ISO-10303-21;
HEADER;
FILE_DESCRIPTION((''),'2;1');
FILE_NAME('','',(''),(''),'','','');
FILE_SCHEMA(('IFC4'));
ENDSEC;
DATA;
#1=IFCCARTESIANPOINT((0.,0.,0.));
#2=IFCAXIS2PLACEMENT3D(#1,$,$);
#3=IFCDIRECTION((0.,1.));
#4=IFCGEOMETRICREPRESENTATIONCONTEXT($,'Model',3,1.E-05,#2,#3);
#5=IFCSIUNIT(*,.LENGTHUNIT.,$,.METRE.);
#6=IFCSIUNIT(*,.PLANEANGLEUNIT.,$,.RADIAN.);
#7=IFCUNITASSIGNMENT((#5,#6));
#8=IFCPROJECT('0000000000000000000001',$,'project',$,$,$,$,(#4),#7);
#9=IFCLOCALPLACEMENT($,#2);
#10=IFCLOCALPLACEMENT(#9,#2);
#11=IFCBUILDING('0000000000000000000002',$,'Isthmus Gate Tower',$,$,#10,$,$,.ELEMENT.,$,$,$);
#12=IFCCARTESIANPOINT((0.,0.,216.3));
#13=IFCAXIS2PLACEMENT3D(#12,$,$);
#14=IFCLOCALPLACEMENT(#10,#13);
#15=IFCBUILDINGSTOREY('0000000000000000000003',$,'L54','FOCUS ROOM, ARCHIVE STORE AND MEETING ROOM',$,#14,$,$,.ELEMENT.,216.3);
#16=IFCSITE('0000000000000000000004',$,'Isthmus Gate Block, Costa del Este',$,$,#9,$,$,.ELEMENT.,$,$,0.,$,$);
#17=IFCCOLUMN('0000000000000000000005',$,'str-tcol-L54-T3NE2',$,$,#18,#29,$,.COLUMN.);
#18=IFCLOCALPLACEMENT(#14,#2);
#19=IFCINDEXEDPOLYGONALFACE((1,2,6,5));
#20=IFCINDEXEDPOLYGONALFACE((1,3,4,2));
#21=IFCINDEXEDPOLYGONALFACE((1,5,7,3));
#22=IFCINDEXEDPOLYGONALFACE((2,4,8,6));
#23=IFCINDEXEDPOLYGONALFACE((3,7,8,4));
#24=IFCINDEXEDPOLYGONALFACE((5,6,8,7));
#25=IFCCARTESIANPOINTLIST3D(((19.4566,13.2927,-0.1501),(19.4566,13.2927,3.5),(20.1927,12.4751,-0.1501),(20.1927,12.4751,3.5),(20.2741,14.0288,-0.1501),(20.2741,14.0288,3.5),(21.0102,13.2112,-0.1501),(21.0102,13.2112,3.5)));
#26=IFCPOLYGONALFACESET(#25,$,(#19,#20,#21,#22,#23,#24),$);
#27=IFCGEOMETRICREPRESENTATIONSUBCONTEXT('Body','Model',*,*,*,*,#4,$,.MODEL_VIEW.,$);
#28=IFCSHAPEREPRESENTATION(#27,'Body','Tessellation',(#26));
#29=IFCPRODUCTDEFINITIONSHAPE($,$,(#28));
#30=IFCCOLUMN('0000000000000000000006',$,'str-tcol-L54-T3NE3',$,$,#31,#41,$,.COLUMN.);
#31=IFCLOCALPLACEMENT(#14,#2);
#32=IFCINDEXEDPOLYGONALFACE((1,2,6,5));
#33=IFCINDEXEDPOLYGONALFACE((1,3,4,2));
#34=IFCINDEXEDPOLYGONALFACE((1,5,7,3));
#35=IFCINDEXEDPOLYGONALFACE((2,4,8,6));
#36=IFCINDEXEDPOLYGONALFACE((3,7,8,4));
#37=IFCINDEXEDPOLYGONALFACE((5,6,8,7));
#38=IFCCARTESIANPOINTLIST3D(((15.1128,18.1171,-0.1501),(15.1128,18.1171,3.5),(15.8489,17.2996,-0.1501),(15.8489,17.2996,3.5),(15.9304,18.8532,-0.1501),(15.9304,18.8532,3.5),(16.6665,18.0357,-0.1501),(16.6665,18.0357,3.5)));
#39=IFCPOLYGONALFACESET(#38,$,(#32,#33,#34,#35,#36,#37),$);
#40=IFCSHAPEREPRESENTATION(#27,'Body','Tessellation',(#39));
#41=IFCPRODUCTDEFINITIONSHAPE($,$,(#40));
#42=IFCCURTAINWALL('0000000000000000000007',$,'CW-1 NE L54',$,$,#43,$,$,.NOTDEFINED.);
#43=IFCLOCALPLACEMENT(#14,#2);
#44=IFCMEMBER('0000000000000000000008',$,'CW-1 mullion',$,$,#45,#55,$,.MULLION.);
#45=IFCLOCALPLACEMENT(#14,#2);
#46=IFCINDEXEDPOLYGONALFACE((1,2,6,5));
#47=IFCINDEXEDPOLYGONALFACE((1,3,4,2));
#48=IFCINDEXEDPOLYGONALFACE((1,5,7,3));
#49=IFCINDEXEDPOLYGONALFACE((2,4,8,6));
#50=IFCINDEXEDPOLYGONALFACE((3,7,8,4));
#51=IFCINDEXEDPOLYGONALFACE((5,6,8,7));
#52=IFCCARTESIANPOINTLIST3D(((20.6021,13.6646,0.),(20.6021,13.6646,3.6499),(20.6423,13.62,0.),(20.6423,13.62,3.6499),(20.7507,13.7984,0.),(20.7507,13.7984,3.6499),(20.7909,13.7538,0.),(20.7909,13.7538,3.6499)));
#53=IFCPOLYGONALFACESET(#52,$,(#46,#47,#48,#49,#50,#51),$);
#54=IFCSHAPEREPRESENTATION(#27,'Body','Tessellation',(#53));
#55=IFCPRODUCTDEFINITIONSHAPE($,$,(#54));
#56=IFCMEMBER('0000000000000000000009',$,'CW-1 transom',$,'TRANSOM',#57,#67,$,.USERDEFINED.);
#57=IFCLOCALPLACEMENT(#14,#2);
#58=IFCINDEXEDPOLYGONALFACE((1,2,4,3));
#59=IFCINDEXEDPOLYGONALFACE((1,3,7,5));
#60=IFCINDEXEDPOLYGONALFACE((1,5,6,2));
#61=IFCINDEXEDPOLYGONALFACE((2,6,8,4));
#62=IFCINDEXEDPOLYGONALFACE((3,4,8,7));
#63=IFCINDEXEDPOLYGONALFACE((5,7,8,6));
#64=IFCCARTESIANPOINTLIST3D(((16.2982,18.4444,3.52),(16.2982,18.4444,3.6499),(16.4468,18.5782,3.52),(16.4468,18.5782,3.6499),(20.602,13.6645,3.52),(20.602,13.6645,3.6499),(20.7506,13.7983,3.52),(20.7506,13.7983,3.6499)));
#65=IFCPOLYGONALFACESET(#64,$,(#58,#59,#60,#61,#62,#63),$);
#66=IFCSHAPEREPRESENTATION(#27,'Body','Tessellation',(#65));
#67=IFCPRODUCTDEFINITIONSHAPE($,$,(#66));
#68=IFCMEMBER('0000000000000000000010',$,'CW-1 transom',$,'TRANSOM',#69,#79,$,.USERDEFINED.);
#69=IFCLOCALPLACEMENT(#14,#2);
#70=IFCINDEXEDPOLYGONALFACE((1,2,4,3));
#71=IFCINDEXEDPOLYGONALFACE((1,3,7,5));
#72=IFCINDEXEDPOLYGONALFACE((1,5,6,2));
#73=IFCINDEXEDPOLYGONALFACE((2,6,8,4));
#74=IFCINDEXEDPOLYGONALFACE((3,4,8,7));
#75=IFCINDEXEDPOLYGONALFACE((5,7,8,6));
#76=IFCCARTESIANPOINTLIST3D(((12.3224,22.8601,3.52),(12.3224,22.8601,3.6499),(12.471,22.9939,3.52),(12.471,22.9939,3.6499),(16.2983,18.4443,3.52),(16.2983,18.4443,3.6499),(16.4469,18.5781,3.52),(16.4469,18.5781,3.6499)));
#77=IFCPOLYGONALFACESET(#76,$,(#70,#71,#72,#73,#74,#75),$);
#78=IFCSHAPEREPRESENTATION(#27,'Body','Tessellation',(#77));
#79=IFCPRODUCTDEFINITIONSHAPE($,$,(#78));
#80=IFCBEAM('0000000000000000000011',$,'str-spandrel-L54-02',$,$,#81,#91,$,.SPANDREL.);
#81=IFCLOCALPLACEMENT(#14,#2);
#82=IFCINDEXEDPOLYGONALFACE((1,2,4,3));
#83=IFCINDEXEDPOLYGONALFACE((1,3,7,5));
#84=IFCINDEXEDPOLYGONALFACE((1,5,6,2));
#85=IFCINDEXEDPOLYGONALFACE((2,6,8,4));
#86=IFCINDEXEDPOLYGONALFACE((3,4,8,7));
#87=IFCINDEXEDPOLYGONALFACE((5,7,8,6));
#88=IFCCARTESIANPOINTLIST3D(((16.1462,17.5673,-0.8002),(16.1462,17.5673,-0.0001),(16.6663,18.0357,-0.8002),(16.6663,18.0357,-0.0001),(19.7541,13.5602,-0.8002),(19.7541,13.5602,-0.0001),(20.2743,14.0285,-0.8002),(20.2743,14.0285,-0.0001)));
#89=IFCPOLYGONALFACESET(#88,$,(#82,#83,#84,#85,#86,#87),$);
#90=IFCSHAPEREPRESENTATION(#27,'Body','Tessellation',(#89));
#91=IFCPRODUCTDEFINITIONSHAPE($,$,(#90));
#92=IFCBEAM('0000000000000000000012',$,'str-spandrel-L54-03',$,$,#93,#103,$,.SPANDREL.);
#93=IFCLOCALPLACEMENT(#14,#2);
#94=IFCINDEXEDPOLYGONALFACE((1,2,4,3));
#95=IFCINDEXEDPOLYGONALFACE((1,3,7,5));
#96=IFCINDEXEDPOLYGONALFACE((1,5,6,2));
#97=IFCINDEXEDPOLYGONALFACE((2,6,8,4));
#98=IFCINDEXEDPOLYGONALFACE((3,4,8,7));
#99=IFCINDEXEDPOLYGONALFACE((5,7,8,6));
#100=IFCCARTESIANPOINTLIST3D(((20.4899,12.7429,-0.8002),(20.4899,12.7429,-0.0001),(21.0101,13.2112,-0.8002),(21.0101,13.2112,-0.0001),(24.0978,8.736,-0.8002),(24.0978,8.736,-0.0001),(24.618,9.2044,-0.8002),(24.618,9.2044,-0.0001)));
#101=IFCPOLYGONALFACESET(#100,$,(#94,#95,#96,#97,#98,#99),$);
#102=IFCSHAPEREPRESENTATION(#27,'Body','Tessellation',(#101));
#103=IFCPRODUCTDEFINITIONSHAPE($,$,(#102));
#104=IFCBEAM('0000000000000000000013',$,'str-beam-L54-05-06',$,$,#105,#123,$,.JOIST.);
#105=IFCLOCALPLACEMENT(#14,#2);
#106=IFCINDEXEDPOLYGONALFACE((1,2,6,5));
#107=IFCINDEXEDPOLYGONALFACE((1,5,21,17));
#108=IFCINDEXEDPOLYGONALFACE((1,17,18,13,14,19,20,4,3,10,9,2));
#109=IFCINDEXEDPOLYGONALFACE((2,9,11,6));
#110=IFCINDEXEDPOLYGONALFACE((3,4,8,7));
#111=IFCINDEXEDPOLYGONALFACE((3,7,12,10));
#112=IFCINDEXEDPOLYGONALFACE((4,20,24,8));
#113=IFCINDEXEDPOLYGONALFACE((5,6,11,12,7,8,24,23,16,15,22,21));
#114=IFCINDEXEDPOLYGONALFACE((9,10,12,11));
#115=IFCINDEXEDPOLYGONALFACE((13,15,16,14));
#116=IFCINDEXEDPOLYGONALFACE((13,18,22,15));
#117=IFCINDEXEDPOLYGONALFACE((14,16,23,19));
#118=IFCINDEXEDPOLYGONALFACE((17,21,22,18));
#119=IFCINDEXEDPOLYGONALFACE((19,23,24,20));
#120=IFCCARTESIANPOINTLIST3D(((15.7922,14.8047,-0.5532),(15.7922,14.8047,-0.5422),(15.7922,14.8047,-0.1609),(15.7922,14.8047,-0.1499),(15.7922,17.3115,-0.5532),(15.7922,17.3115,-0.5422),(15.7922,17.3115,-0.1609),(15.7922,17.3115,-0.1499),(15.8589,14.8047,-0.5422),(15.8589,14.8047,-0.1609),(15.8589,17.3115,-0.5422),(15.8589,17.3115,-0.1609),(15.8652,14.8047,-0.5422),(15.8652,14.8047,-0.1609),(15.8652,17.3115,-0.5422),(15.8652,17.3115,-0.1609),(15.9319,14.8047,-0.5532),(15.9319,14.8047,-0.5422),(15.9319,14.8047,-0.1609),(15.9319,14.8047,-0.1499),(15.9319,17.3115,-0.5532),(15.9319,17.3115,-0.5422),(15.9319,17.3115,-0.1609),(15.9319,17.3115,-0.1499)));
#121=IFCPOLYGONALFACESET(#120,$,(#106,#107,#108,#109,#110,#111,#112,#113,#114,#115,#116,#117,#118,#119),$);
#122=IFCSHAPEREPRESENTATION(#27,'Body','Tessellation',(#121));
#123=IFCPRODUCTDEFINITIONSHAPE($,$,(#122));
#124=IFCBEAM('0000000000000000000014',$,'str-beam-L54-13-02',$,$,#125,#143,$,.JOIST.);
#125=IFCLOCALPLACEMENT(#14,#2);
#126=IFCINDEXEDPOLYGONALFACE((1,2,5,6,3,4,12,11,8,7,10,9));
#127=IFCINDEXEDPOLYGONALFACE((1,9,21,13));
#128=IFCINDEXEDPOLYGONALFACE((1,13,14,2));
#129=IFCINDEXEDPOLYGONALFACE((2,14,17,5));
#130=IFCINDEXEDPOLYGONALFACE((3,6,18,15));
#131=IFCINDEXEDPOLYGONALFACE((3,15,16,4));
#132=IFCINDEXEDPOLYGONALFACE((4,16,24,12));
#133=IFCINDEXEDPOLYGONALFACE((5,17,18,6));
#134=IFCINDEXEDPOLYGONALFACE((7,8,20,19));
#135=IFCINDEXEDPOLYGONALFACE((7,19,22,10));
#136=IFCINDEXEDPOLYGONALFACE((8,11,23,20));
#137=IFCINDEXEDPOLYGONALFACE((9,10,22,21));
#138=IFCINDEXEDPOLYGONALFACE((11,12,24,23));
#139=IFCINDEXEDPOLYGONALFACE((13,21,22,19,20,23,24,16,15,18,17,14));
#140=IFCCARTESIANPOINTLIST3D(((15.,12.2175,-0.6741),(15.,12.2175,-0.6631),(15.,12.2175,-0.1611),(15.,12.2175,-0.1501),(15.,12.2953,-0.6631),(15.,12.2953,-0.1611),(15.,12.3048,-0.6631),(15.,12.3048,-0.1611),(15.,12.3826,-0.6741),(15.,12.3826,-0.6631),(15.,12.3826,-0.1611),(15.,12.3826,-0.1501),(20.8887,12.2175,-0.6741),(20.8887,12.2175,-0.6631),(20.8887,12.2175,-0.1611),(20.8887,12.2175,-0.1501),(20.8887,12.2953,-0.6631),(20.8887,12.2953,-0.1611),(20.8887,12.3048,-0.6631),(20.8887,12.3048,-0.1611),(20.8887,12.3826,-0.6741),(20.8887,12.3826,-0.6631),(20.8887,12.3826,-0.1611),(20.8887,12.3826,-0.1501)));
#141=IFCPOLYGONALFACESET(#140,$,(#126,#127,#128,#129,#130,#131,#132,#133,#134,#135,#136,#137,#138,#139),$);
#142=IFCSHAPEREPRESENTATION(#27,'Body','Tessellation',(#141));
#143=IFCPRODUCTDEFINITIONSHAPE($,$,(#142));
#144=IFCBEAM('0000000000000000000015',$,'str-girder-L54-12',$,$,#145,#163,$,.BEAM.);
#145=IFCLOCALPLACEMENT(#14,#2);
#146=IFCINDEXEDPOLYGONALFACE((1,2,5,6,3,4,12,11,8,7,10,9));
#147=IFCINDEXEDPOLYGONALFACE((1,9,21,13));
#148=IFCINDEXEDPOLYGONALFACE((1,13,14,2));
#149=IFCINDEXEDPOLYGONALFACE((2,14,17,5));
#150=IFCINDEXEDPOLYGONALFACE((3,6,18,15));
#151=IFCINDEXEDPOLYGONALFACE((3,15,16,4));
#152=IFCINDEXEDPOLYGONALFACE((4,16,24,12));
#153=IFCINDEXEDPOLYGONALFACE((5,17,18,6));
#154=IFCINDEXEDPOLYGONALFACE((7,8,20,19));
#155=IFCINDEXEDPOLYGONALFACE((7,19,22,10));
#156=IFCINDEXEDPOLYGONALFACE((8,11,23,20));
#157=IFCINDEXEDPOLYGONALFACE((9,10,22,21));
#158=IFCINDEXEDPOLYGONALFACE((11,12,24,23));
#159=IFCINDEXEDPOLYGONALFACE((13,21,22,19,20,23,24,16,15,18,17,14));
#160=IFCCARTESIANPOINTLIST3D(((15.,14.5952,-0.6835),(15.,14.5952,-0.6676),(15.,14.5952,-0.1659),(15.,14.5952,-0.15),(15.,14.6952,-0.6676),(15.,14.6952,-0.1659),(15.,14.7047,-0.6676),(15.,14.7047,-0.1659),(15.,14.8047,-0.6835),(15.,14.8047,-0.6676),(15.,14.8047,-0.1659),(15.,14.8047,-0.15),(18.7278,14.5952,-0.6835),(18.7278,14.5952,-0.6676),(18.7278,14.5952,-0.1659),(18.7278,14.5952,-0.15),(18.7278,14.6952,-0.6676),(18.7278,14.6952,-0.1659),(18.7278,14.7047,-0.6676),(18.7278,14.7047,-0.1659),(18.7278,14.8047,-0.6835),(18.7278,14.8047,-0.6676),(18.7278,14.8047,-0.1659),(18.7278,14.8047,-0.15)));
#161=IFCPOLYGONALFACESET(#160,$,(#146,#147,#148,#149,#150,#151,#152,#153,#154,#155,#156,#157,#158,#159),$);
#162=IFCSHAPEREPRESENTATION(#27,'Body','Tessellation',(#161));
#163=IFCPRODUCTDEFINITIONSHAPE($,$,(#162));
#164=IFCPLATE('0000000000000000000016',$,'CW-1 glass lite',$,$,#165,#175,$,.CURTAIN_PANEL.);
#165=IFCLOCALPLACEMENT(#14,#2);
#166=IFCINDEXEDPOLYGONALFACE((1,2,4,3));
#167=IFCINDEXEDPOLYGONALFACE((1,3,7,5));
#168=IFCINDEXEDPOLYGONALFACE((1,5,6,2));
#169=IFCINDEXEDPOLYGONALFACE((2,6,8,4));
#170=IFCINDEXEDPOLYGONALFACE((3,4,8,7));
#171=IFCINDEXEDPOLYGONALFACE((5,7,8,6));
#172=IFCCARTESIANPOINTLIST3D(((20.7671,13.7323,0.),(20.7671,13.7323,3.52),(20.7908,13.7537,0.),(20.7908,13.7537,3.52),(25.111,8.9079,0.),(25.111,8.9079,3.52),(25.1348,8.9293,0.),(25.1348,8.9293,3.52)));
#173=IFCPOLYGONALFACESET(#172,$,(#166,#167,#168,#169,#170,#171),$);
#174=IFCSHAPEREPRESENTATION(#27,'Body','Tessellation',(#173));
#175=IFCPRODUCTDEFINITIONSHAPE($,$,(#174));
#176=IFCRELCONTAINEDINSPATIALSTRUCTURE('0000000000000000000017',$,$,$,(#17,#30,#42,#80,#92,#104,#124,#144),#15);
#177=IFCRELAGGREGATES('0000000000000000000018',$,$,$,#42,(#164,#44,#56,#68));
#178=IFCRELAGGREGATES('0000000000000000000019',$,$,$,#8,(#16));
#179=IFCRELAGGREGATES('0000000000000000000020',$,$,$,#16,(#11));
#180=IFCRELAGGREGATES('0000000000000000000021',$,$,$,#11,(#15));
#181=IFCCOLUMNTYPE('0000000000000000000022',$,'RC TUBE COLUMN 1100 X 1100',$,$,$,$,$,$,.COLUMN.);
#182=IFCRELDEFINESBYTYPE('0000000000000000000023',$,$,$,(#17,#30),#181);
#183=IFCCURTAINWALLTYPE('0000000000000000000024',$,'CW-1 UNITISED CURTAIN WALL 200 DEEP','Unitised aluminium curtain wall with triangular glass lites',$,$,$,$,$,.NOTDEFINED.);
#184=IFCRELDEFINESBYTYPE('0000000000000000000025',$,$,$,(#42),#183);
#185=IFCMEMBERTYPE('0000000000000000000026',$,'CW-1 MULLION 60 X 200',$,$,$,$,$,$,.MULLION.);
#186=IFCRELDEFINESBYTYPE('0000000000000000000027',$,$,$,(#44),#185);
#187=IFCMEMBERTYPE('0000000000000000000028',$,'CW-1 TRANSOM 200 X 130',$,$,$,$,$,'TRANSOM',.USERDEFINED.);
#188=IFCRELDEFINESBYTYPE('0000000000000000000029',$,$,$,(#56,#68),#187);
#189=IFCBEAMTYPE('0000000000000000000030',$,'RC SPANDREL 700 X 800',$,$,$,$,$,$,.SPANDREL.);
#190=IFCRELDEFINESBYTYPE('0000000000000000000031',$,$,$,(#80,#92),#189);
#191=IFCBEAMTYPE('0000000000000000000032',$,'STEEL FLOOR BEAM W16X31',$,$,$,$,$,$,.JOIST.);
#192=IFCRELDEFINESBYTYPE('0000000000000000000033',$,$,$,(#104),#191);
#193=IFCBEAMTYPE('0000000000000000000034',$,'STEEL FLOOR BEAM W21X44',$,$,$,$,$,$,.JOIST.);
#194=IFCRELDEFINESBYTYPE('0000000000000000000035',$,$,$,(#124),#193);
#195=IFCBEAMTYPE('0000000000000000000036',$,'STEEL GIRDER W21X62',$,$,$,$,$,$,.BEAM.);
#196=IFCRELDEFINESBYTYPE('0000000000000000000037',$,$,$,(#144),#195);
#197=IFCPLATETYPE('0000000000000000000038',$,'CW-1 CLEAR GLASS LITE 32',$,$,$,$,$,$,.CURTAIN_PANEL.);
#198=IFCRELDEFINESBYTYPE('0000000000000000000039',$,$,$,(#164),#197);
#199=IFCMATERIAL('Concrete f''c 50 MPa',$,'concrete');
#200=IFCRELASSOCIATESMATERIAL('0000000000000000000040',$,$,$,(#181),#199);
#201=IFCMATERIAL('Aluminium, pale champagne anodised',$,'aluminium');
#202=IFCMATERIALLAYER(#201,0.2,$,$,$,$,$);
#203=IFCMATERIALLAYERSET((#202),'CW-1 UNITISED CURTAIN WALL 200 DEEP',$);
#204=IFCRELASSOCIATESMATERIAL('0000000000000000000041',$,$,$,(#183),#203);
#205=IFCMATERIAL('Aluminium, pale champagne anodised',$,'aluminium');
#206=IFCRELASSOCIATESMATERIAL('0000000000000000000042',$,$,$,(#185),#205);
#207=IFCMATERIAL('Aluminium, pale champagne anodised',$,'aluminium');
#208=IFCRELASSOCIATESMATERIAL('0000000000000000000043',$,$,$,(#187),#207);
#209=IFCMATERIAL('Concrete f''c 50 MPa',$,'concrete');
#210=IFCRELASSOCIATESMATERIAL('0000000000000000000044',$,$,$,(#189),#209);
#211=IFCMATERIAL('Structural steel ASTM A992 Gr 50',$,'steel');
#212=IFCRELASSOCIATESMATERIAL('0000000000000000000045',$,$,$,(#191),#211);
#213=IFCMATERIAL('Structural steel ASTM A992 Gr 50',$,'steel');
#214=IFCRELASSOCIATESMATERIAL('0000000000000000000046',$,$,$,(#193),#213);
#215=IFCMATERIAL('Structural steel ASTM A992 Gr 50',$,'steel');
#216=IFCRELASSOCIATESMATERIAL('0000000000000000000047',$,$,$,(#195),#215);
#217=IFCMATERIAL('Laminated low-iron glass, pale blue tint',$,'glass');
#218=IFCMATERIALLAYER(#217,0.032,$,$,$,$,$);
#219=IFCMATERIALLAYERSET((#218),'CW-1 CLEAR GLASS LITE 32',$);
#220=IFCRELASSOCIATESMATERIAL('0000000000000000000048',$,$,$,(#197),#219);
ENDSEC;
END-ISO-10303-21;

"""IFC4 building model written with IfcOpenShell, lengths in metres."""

from ifc_helpers import new_model, si_unit, direction, frame, origin, origin_2d, place, context, subcontext, project, spatial, rectangle, i_section, extrude, material, layer, layer_set, material_profile, profile_set, type_object, element, aggregate, save


model = new_model("IFC4")

# Units and contexts
model_context = context("Model", 3, precision=1e-05, world=origin(), true_north=direction((0.0, 1.0)))
body_context = subcontext(model_context, "Body", "Model", "MODEL_VIEW")
ifc_project = project(units=[si_unit("LENGTHUNIT", "METRE"), si_unit("PLANEANGLEUNIT", "RADIAN")], contexts=[model_context])

# Site, building, storey
site_placement = place(None, origin())
site = spatial("IfcSite", under=ifc_project, at=site_placement, Name="Isthmus Gate Block, Costa del Este", CompositionType="ELEMENT", RefElevation=0.0)
building_placement = place(site_placement, origin())
building = spatial("IfcBuilding", under=site, at=building_placement, Name="Isthmus Gate Tower", CompositionType="ELEMENT")
storey_placement = place(building_placement, frame((0.0, 0.0, 216.3)))
storey = spatial("IfcBuildingStorey", under=building, at=storey_placement, Name="L54", Description="FOCUS ROOM, ARCHIVE STORE AND MEETING ROOM", CompositionType="ELEMENT", Elevation=216.3)

# Columns
ifc_material_1 = material(Name="Concrete f'c 50 MPa", Category="concrete")
ifc_material_profile_1 = material_profile(ifc_material_1, rectangle(XDim=1.1001, YDim=1.1001, at=origin_2d()), Name="RC 1100X1100")
ifc_profile_set_1 = profile_set([ifc_material_profile_1], Name="Concrete f'c 50 MPa")
column_type = type_object("IfcColumnType", Name="RC TUBE COLUMN 1100 X 1100", PredefinedType="COLUMN", material=ifc_profile_set_1)
for number, where, z_axis, x_axis, name in (
    (1, (20.2334, 13.252, -0.1501), (0.0, 0.0, 1.0), (-0.669131, 0.743145, 0.0), "str-tcol-L54-T3NE2"),
    (2, (15.8896, 18.0764, -0.1501), (0.0, 0.0, 1.0), (-0.669131, 0.743145, 0.0), "str-tcol-L54-T3NE3"),
):
    element("IfcColumn", number, at=place(storey_placement, frame(where, z_axis=z_axis, x_axis=x_axis)), inside=storey, type_object=column_type, Name=name, PredefinedType="COLUMN", context=body_context, shape_type="SweptSolid", body=[
        extrude(rectangle(XDim=1.1001, YDim=1.1001, at=origin_2d()), origin(), (0.0, 0.0, 1.0), 3.6501),
    ])

# Curtain wall, members
ifc_material_2 = material(Name="Aluminium, pale champagne anodised", Category="aluminium")
ifc_layer_1 = layer(ifc_material_2, 0.2)
ifc_layer_set_1 = layer_set([ifc_layer_1], Name="CW-1 UNITISED CURTAIN WALL 200 DEEP")
curtain_wall_type = type_object("IfcCurtainWallType", Name="CW-1 UNITISED CURTAIN WALL 200 DEEP", Description="Unitised aluminium curtain wall with triangular glass lites", PredefinedType="NOTDEFINED", material=ifc_layer_set_1)
curtain_wall_placement = place(storey_placement, origin())
curtain_wall = element("IfcCurtainWall", 3, at=curtain_wall_placement, inside=storey, type_object=curtain_wall_type, Name="CW-1 NE L54", PredefinedType="NOTDEFINED")
ifc_material_3 = material(Name="Aluminium, pale champagne anodised", Category="aluminium")
ifc_material_profile_2 = material_profile(ifc_material_3, rectangle(XDim=0.0601, YDim=0.2, at=origin_2d()), Name="60x200")
ifc_profile_set_2 = profile_set([ifc_material_profile_2], Name="Aluminium, pale champagne anodised")
member_type_1 = type_object("IfcMemberType", Name="CW-1 MULLION 60 X 200", PredefinedType="MULLION", material=ifc_profile_set_2)
member_1_placement = place(storey_placement, frame((20.6965, 13.7092, 0.0), z_axis=(0.0, 0.0, 1.0), x_axis=(-0.669131, 0.743145, 0.0)))
member_1 = element("IfcMember", 4, at=member_1_placement, type_object=member_type_1, Name="CW-1 mullion", PredefinedType="MULLION", context=body_context, shape_type="SweptSolid", body=[
    extrude(rectangle(XDim=0.0601, YDim=0.2, at=origin_2d()), origin(), (0.0, 0.0, 1.0), 3.6499),
])
ifc_material_4 = material(Name="Aluminium, pale champagne anodised", Category="aluminium")
ifc_material_profile_3 = material_profile(ifc_material_4, rectangle(XDim=0.2, YDim=0.1299, at=origin_2d()), Name="200x130")
ifc_profile_set_3 = profile_set([ifc_material_profile_3], Name="Aluminium, pale champagne anodised")
member_type_2 = type_object("IfcMemberType", Name="CW-1 TRANSOM 200 X 130", ElementType="TRANSOM", PredefinedType="USERDEFINED", material=ifc_profile_set_3)
member_2_placement = place(storey_placement, frame((20.6763, 13.7314, 3.585), z_axis=(-0.669128, 0.743147, 0.0), x_axis=(-0.743147, -0.669128, 0.0)))
member_2 = element("IfcMember", 5, at=member_2_placement, type_object=member_type_2, Name="CW-1 transom", ObjectType="TRANSOM", PredefinedType="USERDEFINED", context=body_context, shape_type="SweptSolid", body=[
    extrude(rectangle(XDim=0.2, YDim=0.1299, at=origin_2d()), origin(), (0.0, 0.0, 1.0), 6.4319),
])
member_3_placement = place(storey_placement, frame((16.3726, 18.5112, 3.585), z_axis=(-0.669117, 0.743157, 0.0), x_axis=(-0.743157, -0.669117, 0.0)))
member_3 = element("IfcMember", 6, at=member_3_placement, type_object=member_type_2, Name="CW-1 transom", ObjectType="TRANSOM", PredefinedType="USERDEFINED", context=body_context, shape_type="SweptSolid", body=[
    extrude(rectangle(XDim=0.2, YDim=0.1299, at=origin_2d()), origin(), (0.0, 0.0, 1.0), 5.9419),
])

# Beams
ifc_material_5 = material(Name="Concrete f'c 50 MPa", Category="concrete")
ifc_material_profile_4 = material_profile(ifc_material_5, rectangle(XDim=0.7, YDim=0.8, at=origin_2d()), Name="RC 700X800")
ifc_profile_set_4 = profile_set([ifc_material_profile_4], Name="Concrete f'c 50 MPa")
beam_type_1 = type_object("IfcBeamType", Name="RC SPANDREL 700 X 800", PredefinedType="SPANDREL", material=ifc_profile_set_4)
beam_1_placement = place(storey_placement, frame((16.4062, 17.8015, -0.4001), z_axis=(0.669122, -0.743152, 0.0), x_axis=(0.743152, 0.669122, 0.0)))
element("IfcBeam", 7, at=beam_1_placement, inside=storey, type_object=beam_type_1, Name="str-spandrel-L54-02", PredefinedType="SPANDREL", context=body_context, shape_type="SweptSolid", body=[
    extrude(rectangle(XDim=0.7, YDim=0.8, at=origin_2d()), origin(), (0.0, 0.0, 1.0), 5.3921),
])
beam_2_placement = place(storey_placement, frame((20.75, 12.9771, -0.4001), z_axis=(0.669145, -0.743132, 0.0), x_axis=(0.743132, 0.669145, 0.0)))
element("IfcBeam", 8, at=beam_2_placement, inside=storey, type_object=beam_type_1, Name="str-spandrel-L54-03", PredefinedType="SPANDREL", context=body_context, shape_type="SweptSolid", body=[
    extrude(rectangle(XDim=0.7, YDim=0.8, at=origin_2d()), origin(), (0.0, 0.0, 1.0), 5.3918),
])
ifc_material_6 = material(Name="Structural steel ASTM A992 Gr 50", Category="steel")
ifc_material_profile_5 = material_profile(ifc_material_6, i_section(OverallWidth=0.1396, OverallDepth=0.4033, WebThickness=0.0063, FlangeThickness=0.011, at=origin_2d()), Name="W16X31")
ifc_profile_set_5 = profile_set([ifc_material_profile_5], Name="Structural steel ASTM A992 Gr 50")
beam_type_2 = type_object("IfcBeamType", Name="STEEL FLOOR BEAM W16X31", PredefinedType="JOIST", material=ifc_profile_set_5)
beam_3_placement = place(storey_placement, frame((15.8621, 14.8047, -0.3516), z_axis=(0.0, 1.0, 0.0), x_axis=(-1.0, 0.0, 0.0)))
element("IfcBeam", 9, at=beam_3_placement, inside=storey, type_object=beam_type_2, Name="str-beam-L54-05-06", PredefinedType="JOIST", context=body_context, shape_type="SweptSolid", body=[
    extrude(i_section(OverallWidth=0.1396, OverallDepth=0.4033, WebThickness=0.0063, FlangeThickness=0.011, at=origin_2d()), origin(), (0.0, 0.0, 1.0), 2.5068),
])
ifc_material_7 = material(Name="Structural steel ASTM A992 Gr 50", Category="steel")
ifc_material_profile_6 = material_profile(ifc_material_7, i_section(OverallWidth=0.165, OverallDepth=0.5239, WebThickness=0.0095, FlangeThickness=0.011, at=origin_2d()), Name="W21X44")
ifc_profile_set_6 = profile_set([ifc_material_profile_6], Name="Structural steel ASTM A992 Gr 50")
beam_type_3 = type_object("IfcBeamType", Name="STEEL FLOOR BEAM W21X44", PredefinedType="JOIST", material=ifc_profile_set_6)
beam_4_placement = place(storey_placement, frame((15.0, 12.3, -0.4121), z_axis=(1.0, 0.0, 0.0), x_axis=(0.0, 1.0, 0.0)))
element("IfcBeam", 10, at=beam_4_placement, inside=storey, type_object=beam_type_3, Name="str-beam-L54-13-02", PredefinedType="JOIST", context=body_context, shape_type="SweptSolid", body=[
    extrude(i_section(OverallWidth=0.165, OverallDepth=0.5239, WebThickness=0.0095, FlangeThickness=0.011, at=origin_2d()), origin(), (0.0, 0.0, 1.0), 5.8887),
])
ifc_material_8 = material(Name="Structural steel ASTM A992 Gr 50", Category="steel")
ifc_material_profile_7 = material_profile(ifc_material_8, i_section(OverallWidth=0.2095, OverallDepth=0.5334, WebThickness=0.0095, FlangeThickness=0.0159, at=origin_2d()), Name="W21X62")
ifc_profile_set_7 = profile_set([ifc_material_profile_7], Name="Structural steel ASTM A992 Gr 50")
beam_type_4 = type_object("IfcBeamType", Name="STEEL GIRDER W21X62", PredefinedType="BEAM", material=ifc_profile_set_7)
beam_5_placement = place(storey_placement, frame((15.0, 14.7, -0.4167), z_axis=(1.0, 0.0, 0.0), x_axis=(0.0, 1.0, 0.0)))
element("IfcBeam", 11, at=beam_5_placement, inside=storey, type_object=beam_type_4, Name="str-girder-L54-12", PredefinedType="BEAM", context=body_context, shape_type="SweptSolid", body=[
    extrude(i_section(OverallWidth=0.2095, OverallDepth=0.5334, WebThickness=0.0095, FlangeThickness=0.0159, at=origin_2d()), origin(), (0.0, 0.0, 1.0), 3.7278),
])

# Plate
ifc_material_9 = material(Name="Laminated low-iron glass, pale blue tint", Category="glass")
ifc_layer_2 = layer(ifc_material_9, 0.032)
ifc_layer_set_2 = layer_set([ifc_layer_2], Name="CW-1 CLEAR GLASS LITE 32")
plate_type = type_object("IfcPlateType", Name="CW-1 CLEAR GLASS LITE 32", PredefinedType="CURTAIN_PANEL", material=ifc_layer_set_2)
plate_1_placement = place(storey_placement, frame((22.9509, 11.3308, 0.0), z_axis=(0.0, 0.0, 1.0), x_axis=(-0.669131, 0.743145, 0.0)))
plate_1 = element("IfcPlate", 12, at=plate_1_placement, type_object=plate_type, Name="CW-1 glass lite", PredefinedType="CURTAIN_PANEL", context=body_context, shape_type="SweptSolid", body=[
    extrude(rectangle(XDim=6.4919, YDim=0.032, at=origin_2d()), origin(), (0.0, 0.0, 1.0), 3.52),
])

aggregate(curtain_wall, [plate_1, member_1, member_2, member_3])

save(model, "model.ifc")
